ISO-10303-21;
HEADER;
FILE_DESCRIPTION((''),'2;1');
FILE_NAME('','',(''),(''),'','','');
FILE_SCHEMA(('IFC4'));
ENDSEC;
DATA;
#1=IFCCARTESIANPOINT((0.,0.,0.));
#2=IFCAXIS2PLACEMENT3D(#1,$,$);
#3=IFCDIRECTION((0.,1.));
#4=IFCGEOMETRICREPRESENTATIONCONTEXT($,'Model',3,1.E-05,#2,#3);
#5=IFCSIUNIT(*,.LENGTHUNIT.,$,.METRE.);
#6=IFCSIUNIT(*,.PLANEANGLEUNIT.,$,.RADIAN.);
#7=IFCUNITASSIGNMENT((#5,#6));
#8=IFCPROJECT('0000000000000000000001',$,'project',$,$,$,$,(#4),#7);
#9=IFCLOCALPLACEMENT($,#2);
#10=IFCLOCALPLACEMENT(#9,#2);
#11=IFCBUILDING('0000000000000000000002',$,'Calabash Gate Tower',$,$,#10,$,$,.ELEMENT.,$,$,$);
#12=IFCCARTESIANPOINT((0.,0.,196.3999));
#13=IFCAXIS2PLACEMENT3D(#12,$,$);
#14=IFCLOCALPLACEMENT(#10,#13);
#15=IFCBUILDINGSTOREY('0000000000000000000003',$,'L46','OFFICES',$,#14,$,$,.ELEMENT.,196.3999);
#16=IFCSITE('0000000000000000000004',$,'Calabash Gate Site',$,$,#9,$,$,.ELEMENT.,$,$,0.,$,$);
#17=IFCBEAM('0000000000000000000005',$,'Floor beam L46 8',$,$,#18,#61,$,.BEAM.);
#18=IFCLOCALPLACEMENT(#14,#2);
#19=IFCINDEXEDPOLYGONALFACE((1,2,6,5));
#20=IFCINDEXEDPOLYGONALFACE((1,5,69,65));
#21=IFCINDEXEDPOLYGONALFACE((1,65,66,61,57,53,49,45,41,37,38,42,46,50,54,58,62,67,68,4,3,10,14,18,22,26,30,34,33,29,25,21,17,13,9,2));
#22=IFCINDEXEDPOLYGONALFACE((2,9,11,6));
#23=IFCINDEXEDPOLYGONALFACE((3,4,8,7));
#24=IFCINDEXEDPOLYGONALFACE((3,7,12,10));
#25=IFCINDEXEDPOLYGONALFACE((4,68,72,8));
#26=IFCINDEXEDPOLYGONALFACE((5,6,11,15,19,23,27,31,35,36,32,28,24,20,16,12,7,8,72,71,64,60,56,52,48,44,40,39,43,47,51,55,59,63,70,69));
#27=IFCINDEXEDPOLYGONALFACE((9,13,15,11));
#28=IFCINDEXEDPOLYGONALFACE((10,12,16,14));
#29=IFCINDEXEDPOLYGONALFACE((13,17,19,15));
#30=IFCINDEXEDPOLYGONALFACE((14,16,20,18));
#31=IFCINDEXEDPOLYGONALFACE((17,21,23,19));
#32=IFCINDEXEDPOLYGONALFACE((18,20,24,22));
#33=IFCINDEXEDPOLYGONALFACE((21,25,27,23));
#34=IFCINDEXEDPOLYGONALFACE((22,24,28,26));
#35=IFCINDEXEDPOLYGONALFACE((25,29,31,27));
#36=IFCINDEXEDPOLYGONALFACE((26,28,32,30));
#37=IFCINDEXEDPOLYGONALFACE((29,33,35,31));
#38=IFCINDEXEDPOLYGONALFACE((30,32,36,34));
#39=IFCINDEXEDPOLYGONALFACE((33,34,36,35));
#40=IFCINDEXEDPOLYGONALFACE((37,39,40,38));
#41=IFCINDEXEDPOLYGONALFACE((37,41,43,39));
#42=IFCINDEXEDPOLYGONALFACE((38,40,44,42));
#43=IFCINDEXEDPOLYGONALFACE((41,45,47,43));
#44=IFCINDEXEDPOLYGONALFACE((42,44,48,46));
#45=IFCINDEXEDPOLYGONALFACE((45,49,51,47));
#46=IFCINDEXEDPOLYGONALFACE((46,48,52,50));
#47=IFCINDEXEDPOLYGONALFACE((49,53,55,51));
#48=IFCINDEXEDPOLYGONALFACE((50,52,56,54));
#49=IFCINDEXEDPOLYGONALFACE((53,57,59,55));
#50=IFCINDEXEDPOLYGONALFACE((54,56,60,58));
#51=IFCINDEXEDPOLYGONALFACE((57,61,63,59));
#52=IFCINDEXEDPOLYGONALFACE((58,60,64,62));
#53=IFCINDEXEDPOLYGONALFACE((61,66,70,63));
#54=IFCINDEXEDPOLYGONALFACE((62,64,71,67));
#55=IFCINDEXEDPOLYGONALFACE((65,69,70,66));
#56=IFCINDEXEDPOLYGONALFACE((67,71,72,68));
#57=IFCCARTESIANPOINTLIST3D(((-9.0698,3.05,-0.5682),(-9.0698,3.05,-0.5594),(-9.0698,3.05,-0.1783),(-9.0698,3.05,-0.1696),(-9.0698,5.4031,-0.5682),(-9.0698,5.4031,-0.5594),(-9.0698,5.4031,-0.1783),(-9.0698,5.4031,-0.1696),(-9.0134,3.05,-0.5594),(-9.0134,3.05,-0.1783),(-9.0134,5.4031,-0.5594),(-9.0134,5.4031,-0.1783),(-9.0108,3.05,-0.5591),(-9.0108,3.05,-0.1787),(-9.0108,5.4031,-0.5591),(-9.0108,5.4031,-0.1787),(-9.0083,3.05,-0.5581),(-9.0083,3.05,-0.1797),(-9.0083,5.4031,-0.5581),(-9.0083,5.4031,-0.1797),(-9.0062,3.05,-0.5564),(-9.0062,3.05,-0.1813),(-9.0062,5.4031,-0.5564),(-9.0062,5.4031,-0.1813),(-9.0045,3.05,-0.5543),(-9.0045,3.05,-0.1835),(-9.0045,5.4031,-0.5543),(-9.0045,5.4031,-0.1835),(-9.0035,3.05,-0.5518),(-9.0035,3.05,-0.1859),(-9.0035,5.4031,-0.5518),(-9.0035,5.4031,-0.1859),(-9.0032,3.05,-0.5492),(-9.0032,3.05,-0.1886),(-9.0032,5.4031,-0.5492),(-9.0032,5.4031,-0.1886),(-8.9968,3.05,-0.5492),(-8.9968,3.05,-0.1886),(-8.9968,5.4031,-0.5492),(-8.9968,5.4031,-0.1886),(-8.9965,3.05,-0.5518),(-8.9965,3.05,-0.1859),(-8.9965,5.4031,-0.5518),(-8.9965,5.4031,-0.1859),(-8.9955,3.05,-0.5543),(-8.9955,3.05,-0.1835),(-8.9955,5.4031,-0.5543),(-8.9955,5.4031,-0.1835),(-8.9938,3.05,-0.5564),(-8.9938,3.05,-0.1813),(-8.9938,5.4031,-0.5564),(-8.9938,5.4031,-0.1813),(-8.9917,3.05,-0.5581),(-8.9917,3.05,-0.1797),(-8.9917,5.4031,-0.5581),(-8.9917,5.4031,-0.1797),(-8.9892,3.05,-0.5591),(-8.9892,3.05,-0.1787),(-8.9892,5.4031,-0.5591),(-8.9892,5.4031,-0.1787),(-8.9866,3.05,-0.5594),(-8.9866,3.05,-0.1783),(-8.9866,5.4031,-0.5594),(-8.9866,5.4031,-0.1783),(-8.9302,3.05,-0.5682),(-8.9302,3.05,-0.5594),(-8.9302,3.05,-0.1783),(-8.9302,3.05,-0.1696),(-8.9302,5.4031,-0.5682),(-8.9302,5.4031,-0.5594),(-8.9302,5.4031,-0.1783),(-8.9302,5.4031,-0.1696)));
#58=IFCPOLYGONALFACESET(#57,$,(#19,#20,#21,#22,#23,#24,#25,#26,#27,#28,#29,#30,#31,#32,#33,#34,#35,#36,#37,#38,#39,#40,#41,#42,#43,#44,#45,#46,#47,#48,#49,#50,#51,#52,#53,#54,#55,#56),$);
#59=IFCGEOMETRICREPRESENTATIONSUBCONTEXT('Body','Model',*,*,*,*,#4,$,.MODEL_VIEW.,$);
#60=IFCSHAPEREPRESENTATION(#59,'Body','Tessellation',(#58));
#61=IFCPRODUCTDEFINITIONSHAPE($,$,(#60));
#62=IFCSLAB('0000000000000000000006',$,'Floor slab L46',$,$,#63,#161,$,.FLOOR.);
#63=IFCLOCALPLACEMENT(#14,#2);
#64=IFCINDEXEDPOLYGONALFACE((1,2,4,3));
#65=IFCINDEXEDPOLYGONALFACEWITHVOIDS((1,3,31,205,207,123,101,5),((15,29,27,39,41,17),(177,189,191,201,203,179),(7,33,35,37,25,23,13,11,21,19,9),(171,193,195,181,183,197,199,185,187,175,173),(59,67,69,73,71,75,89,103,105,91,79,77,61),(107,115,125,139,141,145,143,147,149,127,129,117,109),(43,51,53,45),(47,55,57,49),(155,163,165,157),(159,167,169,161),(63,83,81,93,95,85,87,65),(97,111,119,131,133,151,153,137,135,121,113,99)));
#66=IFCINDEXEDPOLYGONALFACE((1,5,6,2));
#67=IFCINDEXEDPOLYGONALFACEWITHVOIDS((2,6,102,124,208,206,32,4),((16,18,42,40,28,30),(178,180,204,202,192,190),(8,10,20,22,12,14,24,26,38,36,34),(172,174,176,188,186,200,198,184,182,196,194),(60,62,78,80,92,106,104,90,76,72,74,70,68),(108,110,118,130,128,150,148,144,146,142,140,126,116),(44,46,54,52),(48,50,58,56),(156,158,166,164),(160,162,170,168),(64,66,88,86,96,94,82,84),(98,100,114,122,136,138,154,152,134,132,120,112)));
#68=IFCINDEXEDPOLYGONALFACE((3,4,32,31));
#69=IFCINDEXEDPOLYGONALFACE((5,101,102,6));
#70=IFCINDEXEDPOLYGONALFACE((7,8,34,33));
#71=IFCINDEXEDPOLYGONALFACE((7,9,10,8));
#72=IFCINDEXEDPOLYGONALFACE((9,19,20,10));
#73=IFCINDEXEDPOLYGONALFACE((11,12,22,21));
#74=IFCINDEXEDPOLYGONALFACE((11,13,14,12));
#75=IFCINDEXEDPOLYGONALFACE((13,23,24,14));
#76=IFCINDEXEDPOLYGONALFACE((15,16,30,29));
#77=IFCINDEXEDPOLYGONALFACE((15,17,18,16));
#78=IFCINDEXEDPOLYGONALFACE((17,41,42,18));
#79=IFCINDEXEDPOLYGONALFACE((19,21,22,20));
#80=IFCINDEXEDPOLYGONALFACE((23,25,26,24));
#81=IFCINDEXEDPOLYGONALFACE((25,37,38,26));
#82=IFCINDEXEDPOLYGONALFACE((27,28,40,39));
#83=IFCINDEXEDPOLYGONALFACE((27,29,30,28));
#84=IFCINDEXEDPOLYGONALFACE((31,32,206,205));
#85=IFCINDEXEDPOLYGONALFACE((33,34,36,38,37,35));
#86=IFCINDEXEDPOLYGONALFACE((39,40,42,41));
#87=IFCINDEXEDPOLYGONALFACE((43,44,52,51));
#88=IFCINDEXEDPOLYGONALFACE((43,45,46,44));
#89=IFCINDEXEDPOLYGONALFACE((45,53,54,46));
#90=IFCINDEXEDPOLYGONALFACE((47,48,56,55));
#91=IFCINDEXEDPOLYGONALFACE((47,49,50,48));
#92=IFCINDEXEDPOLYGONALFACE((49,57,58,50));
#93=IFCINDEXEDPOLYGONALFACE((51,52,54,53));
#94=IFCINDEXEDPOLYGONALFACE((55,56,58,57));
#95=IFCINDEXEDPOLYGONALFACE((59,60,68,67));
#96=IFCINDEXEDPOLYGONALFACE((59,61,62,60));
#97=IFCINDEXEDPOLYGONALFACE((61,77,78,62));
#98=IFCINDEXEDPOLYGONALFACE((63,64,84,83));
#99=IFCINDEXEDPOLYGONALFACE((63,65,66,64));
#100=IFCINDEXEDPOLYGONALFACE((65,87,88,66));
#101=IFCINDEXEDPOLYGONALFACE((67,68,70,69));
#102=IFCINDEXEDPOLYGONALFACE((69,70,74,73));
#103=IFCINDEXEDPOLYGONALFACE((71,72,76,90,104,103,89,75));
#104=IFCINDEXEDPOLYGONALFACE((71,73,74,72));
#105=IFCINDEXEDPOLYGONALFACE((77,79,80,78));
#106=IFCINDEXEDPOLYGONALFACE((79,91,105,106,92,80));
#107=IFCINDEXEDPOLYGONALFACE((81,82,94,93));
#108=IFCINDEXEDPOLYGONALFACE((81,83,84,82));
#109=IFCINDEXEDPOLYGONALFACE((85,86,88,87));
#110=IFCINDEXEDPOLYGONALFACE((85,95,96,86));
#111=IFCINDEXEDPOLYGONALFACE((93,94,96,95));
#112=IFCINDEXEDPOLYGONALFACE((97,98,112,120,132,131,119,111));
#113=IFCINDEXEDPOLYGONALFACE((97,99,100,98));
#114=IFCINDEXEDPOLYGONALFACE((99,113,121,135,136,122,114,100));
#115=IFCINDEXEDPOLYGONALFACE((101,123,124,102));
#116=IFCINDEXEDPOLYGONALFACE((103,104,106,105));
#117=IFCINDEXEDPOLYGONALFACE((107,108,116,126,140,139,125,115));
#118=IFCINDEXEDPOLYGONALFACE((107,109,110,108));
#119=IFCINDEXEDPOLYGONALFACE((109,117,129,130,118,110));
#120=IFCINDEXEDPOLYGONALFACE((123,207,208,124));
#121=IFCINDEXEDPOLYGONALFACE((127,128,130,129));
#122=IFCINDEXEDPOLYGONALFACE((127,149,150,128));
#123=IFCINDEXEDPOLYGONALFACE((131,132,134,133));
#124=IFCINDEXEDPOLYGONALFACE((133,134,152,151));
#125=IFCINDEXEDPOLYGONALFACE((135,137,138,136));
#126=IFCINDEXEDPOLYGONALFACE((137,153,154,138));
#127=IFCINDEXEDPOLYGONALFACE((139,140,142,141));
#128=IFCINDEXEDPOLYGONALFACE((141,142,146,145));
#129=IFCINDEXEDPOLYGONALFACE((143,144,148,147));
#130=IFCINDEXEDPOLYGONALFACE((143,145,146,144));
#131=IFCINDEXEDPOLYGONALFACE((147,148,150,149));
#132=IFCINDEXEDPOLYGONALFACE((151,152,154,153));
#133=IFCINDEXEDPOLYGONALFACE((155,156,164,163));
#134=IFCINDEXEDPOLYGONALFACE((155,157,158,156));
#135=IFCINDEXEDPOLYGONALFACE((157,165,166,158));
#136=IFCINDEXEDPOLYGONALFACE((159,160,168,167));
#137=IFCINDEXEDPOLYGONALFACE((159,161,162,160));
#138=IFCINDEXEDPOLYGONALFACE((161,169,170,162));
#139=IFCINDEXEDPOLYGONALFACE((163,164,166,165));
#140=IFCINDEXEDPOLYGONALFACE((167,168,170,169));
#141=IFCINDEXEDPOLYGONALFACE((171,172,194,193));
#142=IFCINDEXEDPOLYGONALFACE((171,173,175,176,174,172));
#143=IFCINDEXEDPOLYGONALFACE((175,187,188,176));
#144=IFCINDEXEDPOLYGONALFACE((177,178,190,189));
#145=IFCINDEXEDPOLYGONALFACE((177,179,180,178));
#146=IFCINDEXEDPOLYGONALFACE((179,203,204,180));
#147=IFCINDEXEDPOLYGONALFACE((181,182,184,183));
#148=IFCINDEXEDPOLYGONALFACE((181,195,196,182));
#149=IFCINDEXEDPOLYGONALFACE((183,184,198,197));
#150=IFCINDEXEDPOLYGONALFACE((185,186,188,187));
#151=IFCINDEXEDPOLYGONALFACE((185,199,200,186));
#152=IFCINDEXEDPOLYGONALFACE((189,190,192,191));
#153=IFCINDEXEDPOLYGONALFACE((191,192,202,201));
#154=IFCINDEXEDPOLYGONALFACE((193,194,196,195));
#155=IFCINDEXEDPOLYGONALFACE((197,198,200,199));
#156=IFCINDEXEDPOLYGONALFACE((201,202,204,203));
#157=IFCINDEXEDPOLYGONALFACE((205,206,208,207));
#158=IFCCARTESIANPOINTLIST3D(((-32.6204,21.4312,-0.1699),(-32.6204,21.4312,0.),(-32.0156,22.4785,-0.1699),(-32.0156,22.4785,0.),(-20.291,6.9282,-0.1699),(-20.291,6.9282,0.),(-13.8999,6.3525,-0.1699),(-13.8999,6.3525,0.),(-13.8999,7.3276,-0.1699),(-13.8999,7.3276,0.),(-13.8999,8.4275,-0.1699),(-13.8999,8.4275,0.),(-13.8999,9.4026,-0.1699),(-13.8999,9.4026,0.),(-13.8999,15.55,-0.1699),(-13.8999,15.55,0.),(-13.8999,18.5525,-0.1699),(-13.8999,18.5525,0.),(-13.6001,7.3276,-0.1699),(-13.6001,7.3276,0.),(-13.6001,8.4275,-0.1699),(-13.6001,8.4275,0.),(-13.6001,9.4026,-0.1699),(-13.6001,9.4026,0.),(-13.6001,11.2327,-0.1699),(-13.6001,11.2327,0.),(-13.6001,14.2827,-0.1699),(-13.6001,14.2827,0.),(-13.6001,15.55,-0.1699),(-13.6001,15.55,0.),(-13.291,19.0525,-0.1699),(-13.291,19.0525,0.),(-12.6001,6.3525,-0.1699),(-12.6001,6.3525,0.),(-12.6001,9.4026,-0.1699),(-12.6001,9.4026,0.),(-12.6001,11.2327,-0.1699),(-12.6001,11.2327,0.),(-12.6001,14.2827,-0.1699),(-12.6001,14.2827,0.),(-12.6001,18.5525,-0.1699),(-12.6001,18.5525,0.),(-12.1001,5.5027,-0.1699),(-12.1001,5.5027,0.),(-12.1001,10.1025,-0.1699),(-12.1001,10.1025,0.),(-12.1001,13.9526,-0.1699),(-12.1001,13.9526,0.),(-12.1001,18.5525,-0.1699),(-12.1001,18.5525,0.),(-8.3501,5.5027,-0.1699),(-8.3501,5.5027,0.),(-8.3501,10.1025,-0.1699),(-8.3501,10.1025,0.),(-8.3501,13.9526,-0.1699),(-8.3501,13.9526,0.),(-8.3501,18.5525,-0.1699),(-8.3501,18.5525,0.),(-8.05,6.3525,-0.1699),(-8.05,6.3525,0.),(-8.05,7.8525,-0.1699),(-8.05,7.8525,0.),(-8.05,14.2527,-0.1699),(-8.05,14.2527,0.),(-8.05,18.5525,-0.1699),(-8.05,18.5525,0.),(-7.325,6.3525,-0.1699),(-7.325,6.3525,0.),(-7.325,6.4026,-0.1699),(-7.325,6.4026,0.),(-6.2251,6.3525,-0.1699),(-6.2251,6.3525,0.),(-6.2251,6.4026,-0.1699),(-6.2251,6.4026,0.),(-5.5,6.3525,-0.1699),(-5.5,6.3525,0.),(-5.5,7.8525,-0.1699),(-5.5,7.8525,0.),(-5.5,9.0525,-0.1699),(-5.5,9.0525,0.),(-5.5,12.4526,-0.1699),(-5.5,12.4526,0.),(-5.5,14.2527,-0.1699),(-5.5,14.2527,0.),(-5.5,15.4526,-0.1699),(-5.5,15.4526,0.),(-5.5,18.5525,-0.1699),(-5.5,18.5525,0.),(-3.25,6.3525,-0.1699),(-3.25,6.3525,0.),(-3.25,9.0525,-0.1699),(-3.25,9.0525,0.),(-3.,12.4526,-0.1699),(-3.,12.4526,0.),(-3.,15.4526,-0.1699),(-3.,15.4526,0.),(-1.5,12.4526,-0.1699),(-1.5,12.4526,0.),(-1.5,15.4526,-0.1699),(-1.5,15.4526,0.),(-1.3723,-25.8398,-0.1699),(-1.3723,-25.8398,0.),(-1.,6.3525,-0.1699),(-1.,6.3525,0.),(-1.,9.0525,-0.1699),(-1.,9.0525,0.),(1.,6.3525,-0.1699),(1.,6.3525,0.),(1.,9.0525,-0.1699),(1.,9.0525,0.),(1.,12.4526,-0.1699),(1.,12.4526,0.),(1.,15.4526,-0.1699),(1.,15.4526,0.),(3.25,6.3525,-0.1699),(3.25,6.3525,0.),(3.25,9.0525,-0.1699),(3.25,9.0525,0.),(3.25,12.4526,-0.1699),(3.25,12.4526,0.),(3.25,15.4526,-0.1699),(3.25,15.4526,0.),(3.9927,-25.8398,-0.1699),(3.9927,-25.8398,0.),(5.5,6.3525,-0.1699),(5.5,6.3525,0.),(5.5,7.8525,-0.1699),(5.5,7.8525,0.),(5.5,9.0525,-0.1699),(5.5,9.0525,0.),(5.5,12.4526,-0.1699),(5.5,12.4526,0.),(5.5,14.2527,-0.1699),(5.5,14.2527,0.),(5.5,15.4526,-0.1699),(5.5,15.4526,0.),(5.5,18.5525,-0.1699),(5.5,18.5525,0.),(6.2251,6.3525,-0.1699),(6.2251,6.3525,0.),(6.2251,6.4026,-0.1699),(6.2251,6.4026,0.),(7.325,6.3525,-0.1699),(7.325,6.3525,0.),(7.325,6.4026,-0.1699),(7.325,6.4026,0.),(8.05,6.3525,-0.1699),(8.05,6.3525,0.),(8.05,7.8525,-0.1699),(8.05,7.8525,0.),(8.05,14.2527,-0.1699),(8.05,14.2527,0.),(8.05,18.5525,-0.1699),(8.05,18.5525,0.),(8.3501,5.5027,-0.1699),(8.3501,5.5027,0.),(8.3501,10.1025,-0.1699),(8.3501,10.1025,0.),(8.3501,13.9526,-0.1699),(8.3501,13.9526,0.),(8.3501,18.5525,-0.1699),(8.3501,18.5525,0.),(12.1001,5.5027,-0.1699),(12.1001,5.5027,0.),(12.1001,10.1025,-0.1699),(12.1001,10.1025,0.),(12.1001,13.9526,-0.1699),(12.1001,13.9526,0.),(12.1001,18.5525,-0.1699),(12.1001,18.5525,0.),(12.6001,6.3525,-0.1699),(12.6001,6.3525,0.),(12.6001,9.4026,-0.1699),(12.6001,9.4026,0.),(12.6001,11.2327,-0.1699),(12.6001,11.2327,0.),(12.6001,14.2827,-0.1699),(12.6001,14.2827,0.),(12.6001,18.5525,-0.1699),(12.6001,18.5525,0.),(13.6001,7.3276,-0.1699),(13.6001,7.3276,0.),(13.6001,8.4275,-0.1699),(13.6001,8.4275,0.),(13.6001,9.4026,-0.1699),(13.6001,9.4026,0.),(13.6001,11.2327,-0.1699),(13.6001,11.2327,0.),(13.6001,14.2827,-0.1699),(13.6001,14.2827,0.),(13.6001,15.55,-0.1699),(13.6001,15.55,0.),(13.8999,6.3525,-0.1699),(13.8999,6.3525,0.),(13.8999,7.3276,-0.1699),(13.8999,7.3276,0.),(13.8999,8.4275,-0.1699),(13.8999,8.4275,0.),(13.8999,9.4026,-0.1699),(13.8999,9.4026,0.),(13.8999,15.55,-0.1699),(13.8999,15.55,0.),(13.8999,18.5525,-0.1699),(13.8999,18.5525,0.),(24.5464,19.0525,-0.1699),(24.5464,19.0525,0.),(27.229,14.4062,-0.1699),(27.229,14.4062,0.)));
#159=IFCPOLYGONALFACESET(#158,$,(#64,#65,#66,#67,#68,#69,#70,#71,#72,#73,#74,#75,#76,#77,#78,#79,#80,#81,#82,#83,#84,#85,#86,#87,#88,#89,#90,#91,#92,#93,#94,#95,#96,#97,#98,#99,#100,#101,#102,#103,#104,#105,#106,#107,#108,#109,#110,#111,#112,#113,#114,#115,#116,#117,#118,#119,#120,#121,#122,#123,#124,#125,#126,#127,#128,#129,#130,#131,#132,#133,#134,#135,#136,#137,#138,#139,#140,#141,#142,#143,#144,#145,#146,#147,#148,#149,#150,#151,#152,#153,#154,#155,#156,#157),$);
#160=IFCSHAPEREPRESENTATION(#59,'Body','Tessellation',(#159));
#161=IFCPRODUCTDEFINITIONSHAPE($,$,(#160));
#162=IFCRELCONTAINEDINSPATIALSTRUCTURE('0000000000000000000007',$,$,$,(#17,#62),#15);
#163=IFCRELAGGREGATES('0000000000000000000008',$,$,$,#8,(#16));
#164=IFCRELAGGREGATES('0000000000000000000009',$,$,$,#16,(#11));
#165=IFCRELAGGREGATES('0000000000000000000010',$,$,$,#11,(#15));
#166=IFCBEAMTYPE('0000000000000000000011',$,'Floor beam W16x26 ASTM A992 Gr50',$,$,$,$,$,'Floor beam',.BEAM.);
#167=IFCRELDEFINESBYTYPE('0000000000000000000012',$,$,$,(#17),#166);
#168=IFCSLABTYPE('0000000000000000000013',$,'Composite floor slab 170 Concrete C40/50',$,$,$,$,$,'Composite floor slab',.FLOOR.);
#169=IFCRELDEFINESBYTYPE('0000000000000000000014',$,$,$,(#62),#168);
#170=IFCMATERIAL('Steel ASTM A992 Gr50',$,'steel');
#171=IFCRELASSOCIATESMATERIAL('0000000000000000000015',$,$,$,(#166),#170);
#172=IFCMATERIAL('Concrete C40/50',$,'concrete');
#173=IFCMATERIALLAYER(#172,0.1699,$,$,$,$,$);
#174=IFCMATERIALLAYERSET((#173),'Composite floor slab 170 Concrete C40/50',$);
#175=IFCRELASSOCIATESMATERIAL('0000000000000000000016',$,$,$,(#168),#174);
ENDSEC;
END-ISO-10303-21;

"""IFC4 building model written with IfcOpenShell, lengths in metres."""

from ifc_helpers import new_model, si_unit, direction, frame, origin, origin_2d, place, context, subcontext, project, spatial, polyline, i_section, outline, extrude, material, layer, layer_set, material_profile, profile_set, type_object, element, save


model = new_model("IFC4")

# Units and contexts
model_context = context("Model", 3, precision=1e-05, world=origin(), true_north=direction((0.0, 1.0)))
body_context = subcontext(model_context, "Body", "Model", "MODEL_VIEW")
ifc_project = project(units=[si_unit("LENGTHUNIT", "METRE"), si_unit("PLANEANGLEUNIT", "RADIAN")], contexts=[model_context])

# Site, building, storey
site_placement = place(None, origin())
site = spatial("IfcSite", under=ifc_project, at=site_placement, Name="Calabash Gate Site", CompositionType="ELEMENT", RefElevation=0.0)
building_placement = place(site_placement, origin())
building = spatial("IfcBuilding", under=site, at=building_placement, Name="Calabash Gate Tower", CompositionType="ELEMENT")
storey_placement = place(building_placement, frame((0.0, 0.0, 196.3999)))
storey = spatial("IfcBuildingStorey", under=building, at=storey_placement, Name="L46", Description="OFFICES", CompositionType="ELEMENT", Elevation=196.3999)

# Beam
ifc_material_1 = material(Name="Steel ASTM A992 Gr50", Category="steel")
ifc_material_profile = material_profile(ifc_material_1, i_section(OverallWidth=0.1396, OverallDepth=0.3987, WebThickness=0.0063, FlangeThickness=0.0088, FilletRadius=0.0103, at=origin_2d()))
ifc_profile_set = profile_set([ifc_material_profile], Name="Steel ASTM A992 Gr50")
beam_type = type_object("IfcBeamType", Name="Floor beam W16x26 ASTM A992 Gr50", ElementType="Floor beam", PredefinedType="BEAM", material=ifc_profile_set)
beam_placement = place(storey_placement, frame((-9.0, 3.05, -0.3689), z_axis=(0.0, 1.0, 0.0), x_axis=(-1.0, 0.0, 0.0)))
element("IfcBeam", 1, at=beam_placement, inside=storey, type_object=beam_type, Name="Floor beam L46 8", PredefinedType="BEAM", context=body_context, shape_type="SweptSolid", body=[
    extrude(i_section(OverallWidth=0.1396, OverallDepth=0.3987, WebThickness=0.0063, FlangeThickness=0.0088, FilletRadius=0.0103, at=origin_2d()), origin(), (0.0, 0.0, 1.0), 2.353),
])

# Slab
ifc_material_2 = material(Name="Concrete C40/50", Category="concrete")
ifc_layer_1 = layer(ifc_material_2, 0.1699)
ifc_layer_set_1 = layer_set([ifc_layer_1], Name="Composite floor slab 170 Concrete C40/50")
slab_type_1 = type_object("IfcSlabType", Name="Composite floor slab 170 Concrete C40/50", ElementType="Composite floor slab", PredefinedType="FLOOR", material=ifc_layer_set_1)
slab_1_placement = place(storey_placement, frame((0.0, 0.0, -0.1699)))
element("IfcSlab", 2, at=slab_1_placement, inside=storey, type_object=slab_type_1, Name="Floor slab L46", PredefinedType="FLOOR", context=body_context, shape_type="SweptSolid", body=[
    extrude(outline(polyline([(3.9927, -25.8398), (-1.3723, -25.8398), (-20.291, 6.9282), (-32.6204, 21.4312), (-32.0156, 22.4785), (-13.291, 19.0525), (24.5464, 19.0525), (27.229, 14.4062), (3.9927, -25.8398)]), holes=[polyline([(-7.325, 6.3525), (-7.325, 6.4026), (-6.2251, 6.4026), (-6.2251, 6.3525), (-5.5, 6.3525), (-3.25, 6.3525), (-1.0, 6.3525), (-1.0, 9.0525), (-3.25, 9.0525), (-5.5, 9.0525), (-5.5, 7.8525), (-8.05, 7.8525), (-8.05, 6.3525), (-7.325, 6.3525)]), polyline([(8.05, 6.3525), (8.05, 7.8525), (5.5, 7.8525), (5.5, 9.0525), (3.25, 9.0525), (1.0, 9.0525), (1.0, 6.3525), (3.25, 6.3525), (5.5, 6.3525), (6.2251, 6.3525), (6.2251, 6.4026), (7.325, 6.4026), (7.325, 6.3525), (8.05, 6.3525)]), polyline([(-8.05, 18.5525), (-8.05, 14.2527), (-5.5, 14.2527), (-5.5, 12.4526), (-3.0, 12.4526), (-3.0, 15.4526), (-5.5, 15.4526), (-5.5, 18.5525), (-8.05, 18.5525)]), polyline([(5.5, 14.2527), (8.05, 14.2527), (8.05, 18.5525), (5.5, 18.5525), (5.5, 15.4526), (3.25, 15.4526), (1.0, 15.4526), (-1.5, 15.4526), (-1.5, 12.4526), (1.0, 12.4526), (3.25, 12.4526), (5.5, 12.4526), (5.5, 14.2527)]), polyline([(-12.1001, 13.9526), (-8.3501, 13.9526), (-8.3501, 18.5525), (-12.1001, 18.5525), (-12.1001, 13.9526)]), polyline([(-8.3501, 5.5027), (-8.3501, 10.1025), (-12.1001, 10.1025), (-12.1001, 5.5027), (-8.3501, 5.5027)]), polyline([(12.1001, 18.5525), (8.3501, 18.5525), (8.3501, 13.9526), (12.1001, 13.9526), (12.1001, 18.5525)]), polyline([(8.3501, 10.1025), (8.3501, 5.5027), (12.1001, 5.5027), (12.1001, 10.1025), (8.3501, 10.1025)]), polyline([(-13.8999, 6.3525), (-12.6001, 6.3525), (-12.6001, 9.4026), (-12.6001, 11.2327), (-13.6001, 11.2327), (-13.6001, 9.4026), (-13.8999, 9.4026), (-13.8999, 8.4275), (-13.6001, 8.4275), (-13.6001, 7.3276), (-13.8999, 7.3276), (-13.8999, 6.3525)]), polyline([(-13.6001, 14.2827), (-12.6001, 14.2827), (-12.6001, 18.5525), (-13.8999, 18.5525), (-13.8999, 15.55), (-13.6001, 15.55), (-13.6001, 14.2827)]), polyline([(13.6001, 7.3276), (13.6001, 8.4275), (13.8999, 8.4275), (13.8999, 9.4026), (13.6001, 9.4026), (13.6001, 11.2327), (12.6001, 11.2327), (12.6001, 9.4026), (12.6001, 6.3525), (13.8999, 6.3525), (13.8999, 7.3276), (13.6001, 7.3276)]), polyline([(12.6001, 14.2827), (13.6001, 14.2827), (13.6001, 15.55), (13.8999, 15.55), (13.8999, 18.5525), (12.6001, 18.5525), (12.6001, 14.2827)])]), origin(), (0.0, 0.0, 1.0), 0.1699),
])

save(model, "model.ifc")
